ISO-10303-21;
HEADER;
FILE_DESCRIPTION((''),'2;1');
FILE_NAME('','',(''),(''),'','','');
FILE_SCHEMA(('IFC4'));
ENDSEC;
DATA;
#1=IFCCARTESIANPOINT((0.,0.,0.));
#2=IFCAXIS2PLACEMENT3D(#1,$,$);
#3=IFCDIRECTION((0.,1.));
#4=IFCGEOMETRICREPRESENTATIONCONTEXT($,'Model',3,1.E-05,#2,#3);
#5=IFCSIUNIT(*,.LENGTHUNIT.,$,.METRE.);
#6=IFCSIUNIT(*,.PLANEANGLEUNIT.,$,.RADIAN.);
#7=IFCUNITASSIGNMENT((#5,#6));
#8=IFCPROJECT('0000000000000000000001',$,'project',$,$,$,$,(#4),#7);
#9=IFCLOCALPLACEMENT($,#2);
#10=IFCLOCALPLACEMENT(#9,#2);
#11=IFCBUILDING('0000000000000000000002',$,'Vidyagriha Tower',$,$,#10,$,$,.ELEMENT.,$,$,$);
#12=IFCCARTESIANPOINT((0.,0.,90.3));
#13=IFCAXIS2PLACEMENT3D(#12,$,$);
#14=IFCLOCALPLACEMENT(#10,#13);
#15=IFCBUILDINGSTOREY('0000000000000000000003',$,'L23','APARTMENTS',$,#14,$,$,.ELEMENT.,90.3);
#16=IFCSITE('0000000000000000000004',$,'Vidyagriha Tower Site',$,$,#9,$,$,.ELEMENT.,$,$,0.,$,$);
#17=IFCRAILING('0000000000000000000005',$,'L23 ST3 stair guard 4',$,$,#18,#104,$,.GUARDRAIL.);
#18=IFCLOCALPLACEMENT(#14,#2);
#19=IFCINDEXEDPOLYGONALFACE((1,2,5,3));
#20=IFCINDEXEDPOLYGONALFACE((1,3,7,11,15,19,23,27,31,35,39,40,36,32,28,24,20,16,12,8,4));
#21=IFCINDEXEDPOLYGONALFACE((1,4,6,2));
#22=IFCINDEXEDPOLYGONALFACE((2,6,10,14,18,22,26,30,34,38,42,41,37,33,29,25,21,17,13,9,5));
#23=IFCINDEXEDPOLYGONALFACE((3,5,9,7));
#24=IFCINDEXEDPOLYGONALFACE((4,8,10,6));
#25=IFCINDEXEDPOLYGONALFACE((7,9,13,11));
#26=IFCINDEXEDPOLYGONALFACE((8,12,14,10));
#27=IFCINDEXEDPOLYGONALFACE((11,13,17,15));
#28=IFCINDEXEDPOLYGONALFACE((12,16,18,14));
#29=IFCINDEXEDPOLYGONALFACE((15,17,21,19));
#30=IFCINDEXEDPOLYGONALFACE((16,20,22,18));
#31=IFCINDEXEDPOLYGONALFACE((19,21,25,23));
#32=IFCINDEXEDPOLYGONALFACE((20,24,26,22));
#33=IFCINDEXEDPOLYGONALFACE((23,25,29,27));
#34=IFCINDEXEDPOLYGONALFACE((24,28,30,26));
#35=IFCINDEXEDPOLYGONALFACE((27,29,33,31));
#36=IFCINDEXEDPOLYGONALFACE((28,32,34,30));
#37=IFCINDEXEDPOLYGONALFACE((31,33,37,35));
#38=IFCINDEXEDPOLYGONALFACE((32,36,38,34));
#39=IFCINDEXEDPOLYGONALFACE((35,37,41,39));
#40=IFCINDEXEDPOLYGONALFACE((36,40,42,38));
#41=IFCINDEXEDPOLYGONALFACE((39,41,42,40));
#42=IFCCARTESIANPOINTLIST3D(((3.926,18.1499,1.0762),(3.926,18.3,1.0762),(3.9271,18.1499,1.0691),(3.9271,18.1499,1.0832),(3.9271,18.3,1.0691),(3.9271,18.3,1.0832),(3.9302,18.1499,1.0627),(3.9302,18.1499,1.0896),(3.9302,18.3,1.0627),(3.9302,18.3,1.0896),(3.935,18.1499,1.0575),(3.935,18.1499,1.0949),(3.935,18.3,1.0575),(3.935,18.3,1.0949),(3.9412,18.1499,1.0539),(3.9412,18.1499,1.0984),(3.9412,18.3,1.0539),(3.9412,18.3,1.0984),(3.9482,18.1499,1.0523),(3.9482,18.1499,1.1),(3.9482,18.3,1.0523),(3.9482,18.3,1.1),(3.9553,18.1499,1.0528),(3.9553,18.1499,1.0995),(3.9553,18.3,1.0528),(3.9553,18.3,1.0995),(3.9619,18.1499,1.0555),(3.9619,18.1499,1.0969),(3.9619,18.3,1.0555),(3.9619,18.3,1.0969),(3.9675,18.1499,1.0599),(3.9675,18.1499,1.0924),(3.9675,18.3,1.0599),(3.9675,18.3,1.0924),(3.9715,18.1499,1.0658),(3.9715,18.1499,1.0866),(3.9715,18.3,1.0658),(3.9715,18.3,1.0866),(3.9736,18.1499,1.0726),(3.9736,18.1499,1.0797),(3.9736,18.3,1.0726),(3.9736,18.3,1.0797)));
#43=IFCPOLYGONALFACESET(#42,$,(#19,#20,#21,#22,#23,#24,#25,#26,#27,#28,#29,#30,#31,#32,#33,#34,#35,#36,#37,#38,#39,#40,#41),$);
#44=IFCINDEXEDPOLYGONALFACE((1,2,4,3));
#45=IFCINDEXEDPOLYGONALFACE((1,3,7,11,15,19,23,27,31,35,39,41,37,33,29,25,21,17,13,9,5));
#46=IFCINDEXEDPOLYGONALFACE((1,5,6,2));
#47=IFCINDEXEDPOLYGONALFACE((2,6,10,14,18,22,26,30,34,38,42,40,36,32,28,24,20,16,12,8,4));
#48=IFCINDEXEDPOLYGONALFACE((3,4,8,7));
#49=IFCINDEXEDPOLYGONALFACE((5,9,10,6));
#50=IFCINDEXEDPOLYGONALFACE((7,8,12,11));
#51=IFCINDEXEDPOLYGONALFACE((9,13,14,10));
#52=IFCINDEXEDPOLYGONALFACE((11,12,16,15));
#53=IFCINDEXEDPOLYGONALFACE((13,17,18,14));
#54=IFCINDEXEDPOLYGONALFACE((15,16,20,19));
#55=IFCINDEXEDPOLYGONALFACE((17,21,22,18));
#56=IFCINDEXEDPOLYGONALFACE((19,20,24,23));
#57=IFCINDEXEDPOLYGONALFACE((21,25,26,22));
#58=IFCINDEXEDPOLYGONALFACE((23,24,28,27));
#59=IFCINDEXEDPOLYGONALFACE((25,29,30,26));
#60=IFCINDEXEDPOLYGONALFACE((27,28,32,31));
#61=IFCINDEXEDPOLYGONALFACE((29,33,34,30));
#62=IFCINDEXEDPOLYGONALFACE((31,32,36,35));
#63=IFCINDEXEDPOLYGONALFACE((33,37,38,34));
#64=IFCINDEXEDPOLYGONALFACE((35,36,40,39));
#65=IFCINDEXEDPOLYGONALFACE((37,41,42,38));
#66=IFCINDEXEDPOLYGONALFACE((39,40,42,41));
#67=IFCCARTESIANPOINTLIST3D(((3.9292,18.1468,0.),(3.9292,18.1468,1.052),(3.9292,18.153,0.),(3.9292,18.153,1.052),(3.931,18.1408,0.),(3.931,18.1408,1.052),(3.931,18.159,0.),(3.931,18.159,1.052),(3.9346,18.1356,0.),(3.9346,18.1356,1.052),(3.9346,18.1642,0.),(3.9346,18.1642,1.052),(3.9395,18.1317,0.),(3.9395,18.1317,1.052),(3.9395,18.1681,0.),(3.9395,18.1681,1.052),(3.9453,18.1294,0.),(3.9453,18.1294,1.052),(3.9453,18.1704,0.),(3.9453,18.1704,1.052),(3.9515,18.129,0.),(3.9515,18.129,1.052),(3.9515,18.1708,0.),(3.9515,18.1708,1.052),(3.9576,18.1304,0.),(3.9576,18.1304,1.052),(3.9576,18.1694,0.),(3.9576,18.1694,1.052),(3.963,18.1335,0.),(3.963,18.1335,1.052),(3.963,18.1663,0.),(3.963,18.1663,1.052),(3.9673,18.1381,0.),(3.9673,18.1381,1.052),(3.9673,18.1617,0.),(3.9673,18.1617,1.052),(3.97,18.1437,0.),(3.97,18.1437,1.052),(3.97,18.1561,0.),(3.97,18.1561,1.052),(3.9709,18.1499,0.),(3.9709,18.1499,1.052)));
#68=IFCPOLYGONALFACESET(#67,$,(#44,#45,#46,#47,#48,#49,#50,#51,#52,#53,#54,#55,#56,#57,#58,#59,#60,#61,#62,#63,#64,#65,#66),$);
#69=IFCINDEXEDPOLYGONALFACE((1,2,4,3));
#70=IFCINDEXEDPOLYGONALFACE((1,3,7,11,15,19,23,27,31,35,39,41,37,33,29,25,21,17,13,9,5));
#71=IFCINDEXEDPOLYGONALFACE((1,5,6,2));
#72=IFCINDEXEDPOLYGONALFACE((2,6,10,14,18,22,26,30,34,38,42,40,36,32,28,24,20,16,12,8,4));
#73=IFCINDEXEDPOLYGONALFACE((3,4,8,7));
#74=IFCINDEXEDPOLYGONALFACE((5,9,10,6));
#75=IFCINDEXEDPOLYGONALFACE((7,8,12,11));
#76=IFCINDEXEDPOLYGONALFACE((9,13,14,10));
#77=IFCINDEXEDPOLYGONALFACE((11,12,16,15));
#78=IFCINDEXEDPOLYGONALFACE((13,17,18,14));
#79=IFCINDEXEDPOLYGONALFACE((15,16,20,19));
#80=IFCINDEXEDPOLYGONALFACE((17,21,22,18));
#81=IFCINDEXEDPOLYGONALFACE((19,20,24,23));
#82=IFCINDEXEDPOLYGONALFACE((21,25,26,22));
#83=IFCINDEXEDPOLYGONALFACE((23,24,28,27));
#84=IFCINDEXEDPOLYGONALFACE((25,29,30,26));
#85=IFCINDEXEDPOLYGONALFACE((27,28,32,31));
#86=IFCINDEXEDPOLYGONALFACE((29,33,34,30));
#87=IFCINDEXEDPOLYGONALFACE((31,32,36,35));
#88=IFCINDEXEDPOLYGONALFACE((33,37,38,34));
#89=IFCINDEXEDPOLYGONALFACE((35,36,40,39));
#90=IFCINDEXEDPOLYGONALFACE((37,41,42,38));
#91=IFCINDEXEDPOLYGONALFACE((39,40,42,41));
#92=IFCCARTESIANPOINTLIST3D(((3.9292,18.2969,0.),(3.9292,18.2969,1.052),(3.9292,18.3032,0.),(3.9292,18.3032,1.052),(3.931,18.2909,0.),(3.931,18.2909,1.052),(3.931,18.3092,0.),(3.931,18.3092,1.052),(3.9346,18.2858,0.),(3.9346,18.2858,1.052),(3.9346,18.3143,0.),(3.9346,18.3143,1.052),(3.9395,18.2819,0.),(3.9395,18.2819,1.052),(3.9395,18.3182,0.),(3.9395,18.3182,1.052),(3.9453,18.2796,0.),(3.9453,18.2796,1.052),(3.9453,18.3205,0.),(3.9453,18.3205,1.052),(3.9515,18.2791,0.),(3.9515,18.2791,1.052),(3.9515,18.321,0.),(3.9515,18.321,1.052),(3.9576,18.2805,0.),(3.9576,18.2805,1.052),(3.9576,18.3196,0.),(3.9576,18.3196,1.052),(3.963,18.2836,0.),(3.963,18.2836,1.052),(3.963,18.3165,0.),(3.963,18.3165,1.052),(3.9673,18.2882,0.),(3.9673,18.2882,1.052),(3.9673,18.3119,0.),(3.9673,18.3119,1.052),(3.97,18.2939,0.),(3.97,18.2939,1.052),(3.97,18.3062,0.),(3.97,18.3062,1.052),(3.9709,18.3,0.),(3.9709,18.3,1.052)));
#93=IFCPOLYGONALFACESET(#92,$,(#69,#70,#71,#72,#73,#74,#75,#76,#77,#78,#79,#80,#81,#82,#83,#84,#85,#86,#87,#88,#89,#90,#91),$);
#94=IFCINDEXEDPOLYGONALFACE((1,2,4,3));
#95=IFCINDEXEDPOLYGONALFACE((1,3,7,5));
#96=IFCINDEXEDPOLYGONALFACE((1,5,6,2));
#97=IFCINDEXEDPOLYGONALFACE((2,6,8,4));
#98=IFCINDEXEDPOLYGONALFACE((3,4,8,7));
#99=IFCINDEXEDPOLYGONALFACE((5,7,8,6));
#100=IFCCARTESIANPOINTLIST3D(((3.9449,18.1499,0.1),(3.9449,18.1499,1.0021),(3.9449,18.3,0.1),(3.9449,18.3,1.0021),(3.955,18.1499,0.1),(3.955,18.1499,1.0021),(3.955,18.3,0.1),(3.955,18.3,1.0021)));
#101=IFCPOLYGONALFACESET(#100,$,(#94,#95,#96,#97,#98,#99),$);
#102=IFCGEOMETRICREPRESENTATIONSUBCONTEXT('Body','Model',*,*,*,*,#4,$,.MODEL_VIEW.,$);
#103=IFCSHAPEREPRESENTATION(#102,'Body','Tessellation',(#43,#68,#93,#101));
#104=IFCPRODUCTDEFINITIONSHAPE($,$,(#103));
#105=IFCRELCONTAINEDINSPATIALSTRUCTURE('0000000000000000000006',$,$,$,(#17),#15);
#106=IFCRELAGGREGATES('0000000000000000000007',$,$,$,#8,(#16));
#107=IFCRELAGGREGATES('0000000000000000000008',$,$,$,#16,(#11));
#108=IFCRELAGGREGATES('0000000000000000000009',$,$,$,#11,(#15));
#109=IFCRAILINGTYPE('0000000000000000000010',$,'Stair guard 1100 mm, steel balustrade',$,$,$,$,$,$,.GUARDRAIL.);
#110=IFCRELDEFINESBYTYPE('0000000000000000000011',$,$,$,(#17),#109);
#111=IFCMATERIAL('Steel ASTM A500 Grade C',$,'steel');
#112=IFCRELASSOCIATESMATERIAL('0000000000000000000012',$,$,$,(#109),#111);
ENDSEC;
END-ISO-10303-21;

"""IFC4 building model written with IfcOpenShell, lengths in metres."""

from ifc_helpers import new_model, si_unit, direction, frame, origin, origin_2d, place, context, subcontext, project, spatial, rectangle, circle, extrude, material, type_object, element, save


model = new_model("IFC4")

# Units and contexts
model_context = context("Model", 3, precision=1e-05, world=origin(), true_north=direction((0.0, 1.0)))
body_context = subcontext(model_context, "Body", "Model", "MODEL_VIEW")
ifc_project = project(units=[si_unit("LENGTHUNIT", "METRE"), si_unit("PLANEANGLEUNIT", "RADIAN")], contexts=[model_context])

# Site, building, storey
site_placement = place(None, origin())
site = spatial("IfcSite", under=ifc_project, at=site_placement, Name="Vidyagriha Tower Site", CompositionType="ELEMENT", RefElevation=0.0)
building_placement = place(site_placement, origin())
building = spatial("IfcBuilding", under=site, at=building_placement, Name="Vidyagriha Tower", CompositionType="ELEMENT")
storey_placement = place(building_placement, frame((0.0, 0.0, 90.3)))
storey = spatial("IfcBuildingStorey", under=building, at=storey_placement, Name="L23", Description="APARTMENTS", CompositionType="ELEMENT", Elevation=90.3)

# Railing
ifc_material_1 = material(Name="Steel ASTM A500 Grade C", Category="steel")
railing_type_1 = type_object("IfcRailingType", Name="Stair guard 1100 mm, steel balustrade", PredefinedType="GUARDRAIL", material=ifc_material_1)
railing_1_placement = place(storey_placement, frame((3.95, 18.1499, 0.0)))
element("IfcRailing", 1, at=railing_1_placement, inside=storey, type_object=railing_type_1, Name="L23 ST3 stair guard 4", PredefinedType="GUARDRAIL", context=body_context, shape_type="SweptSolid", body=[
    extrude(circle(Radius=0.0239, at=origin_2d()), frame((0.0, 0.0, 1.0762), z_axis=(0.0, 1.0, 0.0), x_axis=(-1.0, 0.0, 0.0)), (0.0, 0.0, 1.0), 0.1501),
    extrude(circle(Radius=0.021, at=origin_2d()), origin(), (0.0, 0.0, 1.0), 1.052),
    extrude(circle(Radius=0.021, at=origin_2d()), frame((0.0, 0.1501, 0.0)), (0.0, 0.0, 1.0), 1.052),
    extrude(rectangle(XDim=0.01, YDim=0.9021, at=origin_2d()), frame((0.0, 0.0, 0.551), z_axis=(0.0, 1.0, 0.0), x_axis=(-1.0, 0.0, 0.0)), (0.0, 0.0, 1.0), 0.1501),
])

save(model, "model.ifc")
